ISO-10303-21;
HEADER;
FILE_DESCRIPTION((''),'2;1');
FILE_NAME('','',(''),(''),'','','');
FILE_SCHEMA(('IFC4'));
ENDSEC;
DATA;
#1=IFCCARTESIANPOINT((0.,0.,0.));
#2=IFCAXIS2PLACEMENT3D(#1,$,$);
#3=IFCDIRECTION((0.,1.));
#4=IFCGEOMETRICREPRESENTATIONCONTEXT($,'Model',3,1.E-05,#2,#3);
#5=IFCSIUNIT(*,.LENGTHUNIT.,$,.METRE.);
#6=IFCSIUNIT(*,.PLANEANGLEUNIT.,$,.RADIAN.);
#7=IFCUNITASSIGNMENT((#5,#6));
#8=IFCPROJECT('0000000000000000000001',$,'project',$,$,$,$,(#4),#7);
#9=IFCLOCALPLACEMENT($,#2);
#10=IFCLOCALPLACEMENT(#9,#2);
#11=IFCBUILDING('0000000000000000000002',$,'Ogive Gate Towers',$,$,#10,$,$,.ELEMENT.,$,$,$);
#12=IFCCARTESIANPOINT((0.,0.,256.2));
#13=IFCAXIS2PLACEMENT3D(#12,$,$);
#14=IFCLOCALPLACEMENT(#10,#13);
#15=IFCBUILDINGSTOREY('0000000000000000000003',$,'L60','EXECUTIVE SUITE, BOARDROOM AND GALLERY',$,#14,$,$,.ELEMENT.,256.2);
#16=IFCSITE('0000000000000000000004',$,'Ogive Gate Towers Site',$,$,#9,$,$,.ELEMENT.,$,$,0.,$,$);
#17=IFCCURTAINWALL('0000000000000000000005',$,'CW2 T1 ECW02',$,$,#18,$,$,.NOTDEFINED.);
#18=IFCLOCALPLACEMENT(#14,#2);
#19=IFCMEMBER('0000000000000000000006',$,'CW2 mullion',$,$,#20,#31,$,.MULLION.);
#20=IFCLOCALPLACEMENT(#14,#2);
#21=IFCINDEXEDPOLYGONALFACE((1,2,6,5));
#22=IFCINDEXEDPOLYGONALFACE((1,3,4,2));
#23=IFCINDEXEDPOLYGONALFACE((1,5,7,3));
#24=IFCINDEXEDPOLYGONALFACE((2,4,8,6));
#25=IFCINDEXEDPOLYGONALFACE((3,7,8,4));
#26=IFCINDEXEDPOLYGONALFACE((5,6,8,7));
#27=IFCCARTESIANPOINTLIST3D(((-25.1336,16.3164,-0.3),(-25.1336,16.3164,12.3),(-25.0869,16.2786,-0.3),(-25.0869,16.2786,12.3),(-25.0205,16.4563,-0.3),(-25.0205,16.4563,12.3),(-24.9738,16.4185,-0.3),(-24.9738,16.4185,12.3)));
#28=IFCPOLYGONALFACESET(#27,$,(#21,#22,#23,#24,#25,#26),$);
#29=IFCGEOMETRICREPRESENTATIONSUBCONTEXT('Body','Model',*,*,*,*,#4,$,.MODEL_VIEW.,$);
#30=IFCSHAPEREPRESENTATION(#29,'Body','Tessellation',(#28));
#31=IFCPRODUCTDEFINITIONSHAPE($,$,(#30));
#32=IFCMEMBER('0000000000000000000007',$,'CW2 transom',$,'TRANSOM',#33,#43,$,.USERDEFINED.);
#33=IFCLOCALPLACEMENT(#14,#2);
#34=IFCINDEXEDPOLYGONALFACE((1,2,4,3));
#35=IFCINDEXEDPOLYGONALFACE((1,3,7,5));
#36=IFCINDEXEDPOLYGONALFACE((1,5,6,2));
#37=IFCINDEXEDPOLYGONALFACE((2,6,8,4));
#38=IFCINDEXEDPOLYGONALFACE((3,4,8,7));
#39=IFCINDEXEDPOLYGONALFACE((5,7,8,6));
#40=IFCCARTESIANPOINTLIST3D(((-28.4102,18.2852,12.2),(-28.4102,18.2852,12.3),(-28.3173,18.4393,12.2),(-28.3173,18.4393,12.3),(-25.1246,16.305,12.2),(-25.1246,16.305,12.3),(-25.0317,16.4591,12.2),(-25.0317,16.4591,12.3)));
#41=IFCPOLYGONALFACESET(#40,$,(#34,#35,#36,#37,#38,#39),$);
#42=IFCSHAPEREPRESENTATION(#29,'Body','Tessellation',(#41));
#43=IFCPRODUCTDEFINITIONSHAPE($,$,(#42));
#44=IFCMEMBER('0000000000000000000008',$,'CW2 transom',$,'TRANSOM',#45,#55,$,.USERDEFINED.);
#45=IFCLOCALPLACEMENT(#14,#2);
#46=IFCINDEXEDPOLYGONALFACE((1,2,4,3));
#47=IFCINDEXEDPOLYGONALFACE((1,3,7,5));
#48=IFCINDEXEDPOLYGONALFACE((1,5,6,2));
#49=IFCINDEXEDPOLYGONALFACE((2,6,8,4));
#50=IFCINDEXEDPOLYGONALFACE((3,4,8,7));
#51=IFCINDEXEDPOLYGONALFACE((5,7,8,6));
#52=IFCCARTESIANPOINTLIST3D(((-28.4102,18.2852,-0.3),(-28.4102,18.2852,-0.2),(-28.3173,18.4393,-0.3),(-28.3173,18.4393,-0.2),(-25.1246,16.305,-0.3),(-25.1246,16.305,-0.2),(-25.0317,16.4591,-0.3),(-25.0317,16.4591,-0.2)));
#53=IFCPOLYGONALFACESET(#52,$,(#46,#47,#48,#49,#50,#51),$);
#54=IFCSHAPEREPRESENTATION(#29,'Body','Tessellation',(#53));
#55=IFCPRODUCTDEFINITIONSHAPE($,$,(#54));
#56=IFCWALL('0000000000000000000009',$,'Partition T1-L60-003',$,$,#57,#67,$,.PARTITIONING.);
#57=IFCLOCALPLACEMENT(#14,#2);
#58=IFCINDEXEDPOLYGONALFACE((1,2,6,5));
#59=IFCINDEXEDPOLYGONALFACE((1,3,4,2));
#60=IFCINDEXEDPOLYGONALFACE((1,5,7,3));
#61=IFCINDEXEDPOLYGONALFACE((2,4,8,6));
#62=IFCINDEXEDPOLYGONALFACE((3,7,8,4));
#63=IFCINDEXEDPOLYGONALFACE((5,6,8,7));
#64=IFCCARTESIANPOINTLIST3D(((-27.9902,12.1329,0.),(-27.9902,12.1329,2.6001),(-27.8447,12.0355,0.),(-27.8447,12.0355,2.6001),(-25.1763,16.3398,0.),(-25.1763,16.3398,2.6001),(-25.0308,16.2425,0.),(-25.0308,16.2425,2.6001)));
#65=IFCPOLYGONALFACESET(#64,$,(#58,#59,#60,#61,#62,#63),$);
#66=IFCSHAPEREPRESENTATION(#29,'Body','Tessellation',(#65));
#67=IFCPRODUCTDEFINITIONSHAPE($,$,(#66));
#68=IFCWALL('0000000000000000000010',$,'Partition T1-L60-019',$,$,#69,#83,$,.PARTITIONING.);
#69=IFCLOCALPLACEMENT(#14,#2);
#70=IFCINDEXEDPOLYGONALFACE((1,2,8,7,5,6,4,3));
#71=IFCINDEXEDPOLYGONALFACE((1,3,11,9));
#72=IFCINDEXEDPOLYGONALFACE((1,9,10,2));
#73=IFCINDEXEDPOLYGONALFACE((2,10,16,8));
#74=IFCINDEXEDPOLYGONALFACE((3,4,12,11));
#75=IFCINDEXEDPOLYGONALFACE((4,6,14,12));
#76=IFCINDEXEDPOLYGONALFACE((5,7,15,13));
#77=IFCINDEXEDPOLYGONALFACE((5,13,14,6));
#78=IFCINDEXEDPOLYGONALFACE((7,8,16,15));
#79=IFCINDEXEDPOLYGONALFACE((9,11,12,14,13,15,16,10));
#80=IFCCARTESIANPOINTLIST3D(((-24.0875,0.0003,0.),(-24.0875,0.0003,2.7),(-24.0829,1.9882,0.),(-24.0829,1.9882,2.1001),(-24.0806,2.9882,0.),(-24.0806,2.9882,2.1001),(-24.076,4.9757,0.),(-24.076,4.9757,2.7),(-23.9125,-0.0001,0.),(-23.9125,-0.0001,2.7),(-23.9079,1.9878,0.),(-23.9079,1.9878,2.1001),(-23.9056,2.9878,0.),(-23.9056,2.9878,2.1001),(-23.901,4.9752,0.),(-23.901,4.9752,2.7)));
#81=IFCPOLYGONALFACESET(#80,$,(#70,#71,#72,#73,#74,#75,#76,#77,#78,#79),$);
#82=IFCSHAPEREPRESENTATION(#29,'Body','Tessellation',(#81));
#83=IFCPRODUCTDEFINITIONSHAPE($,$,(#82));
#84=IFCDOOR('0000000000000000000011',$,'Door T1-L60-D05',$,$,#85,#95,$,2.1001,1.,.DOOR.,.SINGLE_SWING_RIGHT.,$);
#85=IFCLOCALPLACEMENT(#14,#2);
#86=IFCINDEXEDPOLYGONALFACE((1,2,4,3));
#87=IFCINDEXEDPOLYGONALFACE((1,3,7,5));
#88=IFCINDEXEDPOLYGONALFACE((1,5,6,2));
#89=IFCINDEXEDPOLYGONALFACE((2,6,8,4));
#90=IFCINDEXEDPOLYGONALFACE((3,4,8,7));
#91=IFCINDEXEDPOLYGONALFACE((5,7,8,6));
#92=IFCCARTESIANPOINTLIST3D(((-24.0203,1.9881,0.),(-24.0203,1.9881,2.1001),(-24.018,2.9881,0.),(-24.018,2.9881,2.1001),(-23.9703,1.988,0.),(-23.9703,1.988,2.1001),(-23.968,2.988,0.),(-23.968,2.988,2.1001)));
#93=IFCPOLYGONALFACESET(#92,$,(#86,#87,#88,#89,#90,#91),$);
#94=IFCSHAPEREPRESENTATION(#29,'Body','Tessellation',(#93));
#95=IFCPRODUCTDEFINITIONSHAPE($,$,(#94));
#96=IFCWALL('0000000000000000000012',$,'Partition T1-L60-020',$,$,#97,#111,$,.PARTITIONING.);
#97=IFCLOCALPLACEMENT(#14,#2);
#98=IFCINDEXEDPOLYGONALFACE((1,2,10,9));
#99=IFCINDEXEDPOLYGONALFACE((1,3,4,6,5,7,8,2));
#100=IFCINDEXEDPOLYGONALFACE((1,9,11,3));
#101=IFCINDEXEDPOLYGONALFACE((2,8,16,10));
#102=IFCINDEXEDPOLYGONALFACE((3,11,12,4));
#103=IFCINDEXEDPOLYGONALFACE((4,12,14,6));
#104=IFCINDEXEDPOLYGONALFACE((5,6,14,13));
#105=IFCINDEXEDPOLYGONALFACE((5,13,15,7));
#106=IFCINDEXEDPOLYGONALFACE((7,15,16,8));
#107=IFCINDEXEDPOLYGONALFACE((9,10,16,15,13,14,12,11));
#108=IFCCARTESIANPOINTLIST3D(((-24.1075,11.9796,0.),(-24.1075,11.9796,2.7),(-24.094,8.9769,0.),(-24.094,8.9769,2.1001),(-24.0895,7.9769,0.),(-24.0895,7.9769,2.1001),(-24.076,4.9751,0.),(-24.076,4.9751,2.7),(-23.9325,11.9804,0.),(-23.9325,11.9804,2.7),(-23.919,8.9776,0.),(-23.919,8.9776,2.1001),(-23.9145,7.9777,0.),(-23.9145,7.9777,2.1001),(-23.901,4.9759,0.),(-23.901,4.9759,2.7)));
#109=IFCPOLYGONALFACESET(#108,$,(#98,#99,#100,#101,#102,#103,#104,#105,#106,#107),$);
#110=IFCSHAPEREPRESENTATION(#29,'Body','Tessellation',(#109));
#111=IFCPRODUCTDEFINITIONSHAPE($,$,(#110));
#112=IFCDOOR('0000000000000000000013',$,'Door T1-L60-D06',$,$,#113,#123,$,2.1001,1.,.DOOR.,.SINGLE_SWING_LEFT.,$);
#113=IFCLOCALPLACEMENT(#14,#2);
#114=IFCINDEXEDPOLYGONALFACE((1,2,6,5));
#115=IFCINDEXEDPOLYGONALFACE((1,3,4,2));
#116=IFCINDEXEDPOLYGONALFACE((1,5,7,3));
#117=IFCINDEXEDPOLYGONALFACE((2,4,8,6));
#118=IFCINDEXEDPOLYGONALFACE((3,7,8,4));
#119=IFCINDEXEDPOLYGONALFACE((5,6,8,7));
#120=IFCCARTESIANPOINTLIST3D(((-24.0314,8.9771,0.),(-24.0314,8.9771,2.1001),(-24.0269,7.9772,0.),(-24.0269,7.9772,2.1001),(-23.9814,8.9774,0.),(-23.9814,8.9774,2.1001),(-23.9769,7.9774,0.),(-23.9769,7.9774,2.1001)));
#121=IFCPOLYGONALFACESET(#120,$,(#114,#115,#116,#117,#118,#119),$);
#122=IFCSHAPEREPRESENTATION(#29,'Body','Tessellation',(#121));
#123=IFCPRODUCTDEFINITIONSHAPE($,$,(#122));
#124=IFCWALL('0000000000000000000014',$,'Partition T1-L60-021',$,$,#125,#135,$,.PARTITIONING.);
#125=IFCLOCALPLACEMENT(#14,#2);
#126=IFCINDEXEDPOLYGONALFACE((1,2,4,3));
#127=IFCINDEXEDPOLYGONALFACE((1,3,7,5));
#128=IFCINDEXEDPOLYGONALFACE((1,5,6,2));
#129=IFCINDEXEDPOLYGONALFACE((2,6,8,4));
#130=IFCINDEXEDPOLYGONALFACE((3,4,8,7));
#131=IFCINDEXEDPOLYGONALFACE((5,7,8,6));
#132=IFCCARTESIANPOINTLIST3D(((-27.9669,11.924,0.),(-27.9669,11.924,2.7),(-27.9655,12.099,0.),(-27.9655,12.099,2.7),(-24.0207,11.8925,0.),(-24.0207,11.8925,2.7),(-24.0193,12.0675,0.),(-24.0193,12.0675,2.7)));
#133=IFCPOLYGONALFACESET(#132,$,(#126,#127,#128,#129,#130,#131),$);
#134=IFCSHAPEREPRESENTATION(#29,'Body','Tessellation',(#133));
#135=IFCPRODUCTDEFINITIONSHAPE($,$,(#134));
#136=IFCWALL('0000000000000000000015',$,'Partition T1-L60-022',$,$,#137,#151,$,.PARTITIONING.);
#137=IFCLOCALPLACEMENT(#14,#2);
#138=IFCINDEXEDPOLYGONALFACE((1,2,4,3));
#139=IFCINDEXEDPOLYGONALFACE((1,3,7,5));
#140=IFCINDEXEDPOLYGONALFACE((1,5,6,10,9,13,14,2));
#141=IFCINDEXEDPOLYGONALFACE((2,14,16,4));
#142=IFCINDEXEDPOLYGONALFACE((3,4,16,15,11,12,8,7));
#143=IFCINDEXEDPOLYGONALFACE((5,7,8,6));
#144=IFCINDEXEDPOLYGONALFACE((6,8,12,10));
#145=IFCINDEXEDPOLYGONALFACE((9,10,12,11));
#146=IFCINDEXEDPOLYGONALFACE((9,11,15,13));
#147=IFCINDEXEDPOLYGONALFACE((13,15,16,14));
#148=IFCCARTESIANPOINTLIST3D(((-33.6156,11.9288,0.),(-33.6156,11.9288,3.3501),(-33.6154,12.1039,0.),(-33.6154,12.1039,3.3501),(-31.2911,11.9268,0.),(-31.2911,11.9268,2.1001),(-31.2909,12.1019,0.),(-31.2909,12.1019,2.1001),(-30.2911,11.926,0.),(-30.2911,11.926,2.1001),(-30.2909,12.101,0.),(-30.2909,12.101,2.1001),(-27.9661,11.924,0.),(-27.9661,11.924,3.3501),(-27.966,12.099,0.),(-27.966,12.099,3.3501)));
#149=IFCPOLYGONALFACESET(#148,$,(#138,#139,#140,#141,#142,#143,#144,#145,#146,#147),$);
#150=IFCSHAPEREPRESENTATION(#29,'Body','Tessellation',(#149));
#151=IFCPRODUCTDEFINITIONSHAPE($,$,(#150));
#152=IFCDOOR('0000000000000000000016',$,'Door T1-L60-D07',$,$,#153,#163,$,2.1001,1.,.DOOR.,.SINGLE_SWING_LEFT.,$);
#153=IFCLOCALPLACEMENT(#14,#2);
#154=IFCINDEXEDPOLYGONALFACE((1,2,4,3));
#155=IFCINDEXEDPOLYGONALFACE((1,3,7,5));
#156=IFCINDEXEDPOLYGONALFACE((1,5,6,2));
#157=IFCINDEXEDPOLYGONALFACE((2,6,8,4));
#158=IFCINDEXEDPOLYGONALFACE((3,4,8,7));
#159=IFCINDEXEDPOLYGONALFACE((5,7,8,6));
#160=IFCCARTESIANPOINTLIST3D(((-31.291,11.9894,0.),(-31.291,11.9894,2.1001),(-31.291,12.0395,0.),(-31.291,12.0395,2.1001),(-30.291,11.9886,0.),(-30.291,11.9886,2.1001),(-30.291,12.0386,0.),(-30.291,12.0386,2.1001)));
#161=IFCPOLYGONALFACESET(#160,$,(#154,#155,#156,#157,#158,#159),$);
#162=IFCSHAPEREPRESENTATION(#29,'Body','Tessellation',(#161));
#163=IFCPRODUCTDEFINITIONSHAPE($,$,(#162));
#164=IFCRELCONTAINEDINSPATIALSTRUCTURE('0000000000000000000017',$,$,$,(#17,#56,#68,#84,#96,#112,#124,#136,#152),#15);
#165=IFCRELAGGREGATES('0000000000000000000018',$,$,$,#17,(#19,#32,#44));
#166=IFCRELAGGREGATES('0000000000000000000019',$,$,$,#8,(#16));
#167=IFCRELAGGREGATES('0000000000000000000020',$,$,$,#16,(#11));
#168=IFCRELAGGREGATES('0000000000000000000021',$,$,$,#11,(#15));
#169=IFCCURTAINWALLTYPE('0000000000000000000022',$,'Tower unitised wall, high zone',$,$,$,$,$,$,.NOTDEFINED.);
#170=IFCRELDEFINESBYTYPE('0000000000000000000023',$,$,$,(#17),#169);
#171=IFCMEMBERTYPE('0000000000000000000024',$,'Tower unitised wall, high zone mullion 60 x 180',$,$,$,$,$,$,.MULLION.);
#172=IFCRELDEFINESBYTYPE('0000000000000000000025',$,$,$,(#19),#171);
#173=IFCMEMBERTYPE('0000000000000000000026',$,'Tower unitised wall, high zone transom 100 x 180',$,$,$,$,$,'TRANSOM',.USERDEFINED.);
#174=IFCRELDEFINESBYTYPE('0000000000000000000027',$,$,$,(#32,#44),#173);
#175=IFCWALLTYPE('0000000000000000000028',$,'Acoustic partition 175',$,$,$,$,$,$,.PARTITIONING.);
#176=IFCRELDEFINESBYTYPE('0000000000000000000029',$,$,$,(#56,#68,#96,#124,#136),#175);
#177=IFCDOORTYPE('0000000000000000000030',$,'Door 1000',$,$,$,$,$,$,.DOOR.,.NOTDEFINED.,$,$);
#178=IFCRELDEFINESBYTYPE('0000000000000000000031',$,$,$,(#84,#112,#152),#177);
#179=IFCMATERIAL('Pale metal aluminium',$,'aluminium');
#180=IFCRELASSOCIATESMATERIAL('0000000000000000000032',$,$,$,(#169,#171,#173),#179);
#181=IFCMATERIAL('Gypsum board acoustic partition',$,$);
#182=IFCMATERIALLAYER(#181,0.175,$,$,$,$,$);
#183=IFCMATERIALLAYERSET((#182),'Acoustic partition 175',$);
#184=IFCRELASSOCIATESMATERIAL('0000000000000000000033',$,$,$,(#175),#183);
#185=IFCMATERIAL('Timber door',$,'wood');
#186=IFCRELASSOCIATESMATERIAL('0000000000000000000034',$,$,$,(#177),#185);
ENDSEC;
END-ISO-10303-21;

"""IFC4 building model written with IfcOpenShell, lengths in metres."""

from ifc_helpers import new_model, si_unit, direction, frame, frame_2d, origin, origin_2d, place, context, subcontext, project, spatial, rectangle, extrude, material, layer, layer_set, material_profile, profile_set, type_object, element, fill, aggregate, save


model = new_model("IFC4")

# Units and contexts
model_context = context("Model", 3, precision=1e-05, world=origin(), true_north=direction((0.0, 1.0)))
body_context = subcontext(model_context, "Body", "Model", "MODEL_VIEW")
ifc_project = project(units=[si_unit("LENGTHUNIT", "METRE"), si_unit("PLANEANGLEUNIT", "RADIAN")], contexts=[model_context])

# Site, building, storey
site_placement = place(None, origin())
site = spatial("IfcSite", under=ifc_project, at=site_placement, Name="Ogive Gate Towers Site", CompositionType="ELEMENT", RefElevation=0.0)
building_placement = place(site_placement, origin())
building = spatial("IfcBuilding", under=site, at=building_placement, Name="Ogive Gate Towers", CompositionType="ELEMENT")
storey_placement = place(building_placement, frame((0.0, 0.0, 256.2)))
storey = spatial("IfcBuildingStorey", under=building, at=storey_placement, Name="L60", Description="EXECUTIVE SUITE, BOARDROOM AND GALLERY", CompositionType="ELEMENT", Elevation=256.2)

# Curtain wall, members
ifc_material_1 = material(Name="Pale metal aluminium", Category="aluminium")
curtain_wall_type = type_object("IfcCurtainWallType", Name="Tower unitised wall, high zone", PredefinedType="NOTDEFINED", material=ifc_material_1)
curtain_wall_placement = place(storey_placement, origin())
curtain_wall = element("IfcCurtainWall", 1, at=curtain_wall_placement, inside=storey, type_object=curtain_wall_type, Name="CW2 T1 ECW02", PredefinedType="NOTDEFINED")
ifc_material_profile_1 = material_profile(ifc_material_1, rectangle(XDim=0.1799, YDim=0.0601, at=origin_2d()), Name="60 x 180 aluminium box")
ifc_profile_set_1 = profile_set([ifc_material_profile_1], Name="Pale metal aluminium")
member_type_1 = type_object("IfcMemberType", Name="Tower unitised wall, high zone mullion 60 x 180", PredefinedType="MULLION", material=ifc_profile_set_1)
member_1_placement = place(storey_placement, frame((-25.0537, 16.3674, -0.3), z_axis=(0.0, 0.0, 1.0), x_axis=(0.628791, 0.777574, 0.0)))
member_1 = element("IfcMember", 2, at=member_1_placement, type_object=member_type_1, Name="CW2 mullion", PredefinedType="MULLION", context=body_context, shape_type="SweptSolid", body=[
    extrude(rectangle(XDim=0.1799, YDim=0.0601, at=origin_2d()), origin(), (0.0, 0.0, 1.0), 12.6001),
])
ifc_material_profile_2 = material_profile(ifc_material_1, rectangle(XDim=0.1799, YDim=0.1001, at=origin_2d()), Name="100 x 180 aluminium box")
ifc_profile_set_2 = profile_set([ifc_material_profile_2], Name="Pale metal aluminium")
member_type_2 = type_object("IfcMemberType", Name="Tower unitised wall, high zone transom 100 x 180", ElementType="TRANSOM", PredefinedType="USERDEFINED", material=ifc_profile_set_2)
member_2_placement = place(storey_placement, frame((-25.0781, 16.3821, 12.25), z_axis=(-0.856475, 0.516189, 0.0), x_axis=(-0.516189, -0.856475, 0.0)))
member_2 = element("IfcMember", 3, at=member_2_placement, type_object=member_type_2, Name="CW2 transom", ObjectType="TRANSOM", PredefinedType="USERDEFINED", context=body_context, shape_type="SweptSolid", body=[
    extrude(rectangle(XDim=0.1799, YDim=0.1001, at=origin_2d()), origin(), (0.0, 0.0, 1.0), 3.8362),
])
member_3_placement = place(storey_placement, frame((-25.0781, 16.3821, -0.25), z_axis=(-0.856475, 0.516189, 0.0), x_axis=(-0.516189, -0.856475, 0.0)))
member_3 = element("IfcMember", 4, at=member_3_placement, type_object=member_type_2, Name="CW2 transom", ObjectType="TRANSOM", PredefinedType="USERDEFINED", context=body_context, shape_type="SweptSolid", body=[
    extrude(rectangle(XDim=0.1799, YDim=0.1001, at=origin_2d()), origin(), (0.0, 0.0, 1.0), 3.8362),
])
aggregate(curtain_wall, [member_1, member_2, member_3])

# Wall
ifc_material_2 = material(Name="Gypsum board acoustic partition")
ifc_layer_1 = layer(ifc_material_2, 0.175)
ifc_layer_set_1 = layer_set([ifc_layer_1], Name="Acoustic partition 175")
wall_type_1 = type_object("IfcWallType", Name="Acoustic partition 175", PredefinedType="PARTITIONING", material=ifc_layer_set_1)
wall_1_placement = place(storey_placement, frame((-25.1035, 16.2913, 0.0), z_axis=(0.0, 0.0, 1.0), x_axis=(-0.555969, -0.831203, 0.0)))
element("IfcWall", 5, at=wall_1_placement, inside=storey, type_object=wall_type_1, Name="Partition T1-L60-003", PredefinedType="PARTITIONING", context=body_context, shape_type="SweptSolid", body=[
    extrude(rectangle(XDim=5.0613, YDim=0.175, at=frame_2d((2.5308, 0.0))), origin(), (0.0, 0.0, 1.0), 2.6001),
])

# Walls, openings, doors
wall_2_placement = place(storey_placement, frame((-24.0, 0.0, 0.0), z_axis=(0.0, 0.0, 1.0), x_axis=(0.002306, 0.999997, 0.0)))
wall_2 = element("IfcWall", 6, at=wall_2_placement, inside=storey, type_object=wall_type_1, Name="Partition T1-L60-019", PredefinedType="PARTITIONING", context=body_context, shape_type="SweptSolid", body=[
    extrude(rectangle(XDim=4.9753, YDim=0.175, at=frame_2d((2.4878, 0.0))), origin(), (0.0, 0.0, 1.0), 2.7),
])
opening_1_placement = place(wall_2_placement, frame((1.988, 0.0, 0.0)))
opening_1 = element("IfcOpeningElement", 7, at=opening_1_placement, cuts=wall_2, PredefinedType="OPENING", context=body_context, shape_type="SweptSolid", body=[
    extrude(rectangle(XDim=1.0, YDim=2.1001, at=frame_2d((0.5, 1.05))), frame((0.0, 0.0977, 0.0), z_axis=(0.0, -1.0, 0.0), x_axis=(1.0, 0.0, 0.0)), (0.0, 0.0, 1.0), 0.1951),
])
ifc_material_3 = material(Name="Timber door", Category="wood")
door_type_1 = type_object("IfcDoorType", Name="Door 1000", OperationType="NOTDEFINED", PredefinedType="DOOR", material=ifc_material_3)
door_1_placement = place(opening_1_placement, origin())
door_1 = element("IfcDoor", 8, at=door_1_placement, inside=storey, type_object=door_type_1, Name="Door T1-L60-D05", OperationType="SINGLE_SWING_RIGHT", OverallHeight=2.1001, OverallWidth=1.0, PredefinedType="DOOR", context=body_context, shape_type="SweptSolid", body=[
    extrude(rectangle(XDim=1.0, YDim=2.1001, at=frame_2d((0.5, 1.05))), frame((0.0, 0.0249, 0.0), z_axis=(0.0, -1.0, 0.0), x_axis=(1.0, 0.0, 0.0)), (0.0, 0.0, 1.0), 0.05),
])
fill(opening_1, door_1)
wall_3_placement = place(storey_placement, frame((-23.9885, 4.9753, 0.0), z_axis=(0.0, 0.0, 1.0), x_axis=(-0.004496, 0.99999, 0.0)))
wall_3 = element("IfcWall", 9, at=wall_3_placement, inside=storey, type_object=wall_type_1, Name="Partition T1-L60-020", PredefinedType="PARTITIONING", context=body_context, shape_type="SweptSolid", body=[
    extrude(rectangle(XDim=7.0046, YDim=0.175, at=frame_2d((3.5024, 0.0))), origin(), (0.0, 0.0, 1.0), 2.7),
])
opening_2_placement = place(wall_3_placement, frame((3.002, 0.0, 0.0)))
opening_2 = element("IfcOpeningElement", 10, at=opening_2_placement, cuts=wall_3, PredefinedType="OPENING", context=body_context, shape_type="SweptSolid", body=[
    extrude(rectangle(XDim=1.0, YDim=2.1001, at=frame_2d((0.5, 1.05))), frame((0.0, 0.0977, 0.0), z_axis=(0.0, -1.0, 0.0), x_axis=(1.0, 0.0, 0.0)), (0.0, 0.0, 1.0), 0.1951),
])
door_2_placement = place(opening_2_placement, origin())
door_2 = element("IfcDoor", 11, at=door_2_placement, inside=storey, type_object=door_type_1, Name="Door T1-L60-D06", OperationType="SINGLE_SWING_LEFT", OverallHeight=2.1001, OverallWidth=1.0, PredefinedType="DOOR", context=body_context, shape_type="SweptSolid", body=[
    extrude(rectangle(XDim=1.0, YDim=2.1001, at=frame_2d((0.5, 1.05))), frame((0.0, 0.0249, 0.0), z_axis=(0.0, -1.0, 0.0), x_axis=(1.0, 0.0, 0.0)), (0.0, 0.0, 1.0), 0.05),
])
fill(opening_2, door_2)

# Wall
wall_4_placement = place(storey_placement, frame((-24.02, 11.98, 0.0), z_axis=(0.0, 0.0, 1.0), x_axis=(-0.999968, 0.007981, 0.0)))
element("IfcWall", 12, at=wall_4_placement, inside=storey, type_object=wall_type_1, Name="Partition T1-L60-021", PredefinedType="PARTITIONING", context=body_context, shape_type="SweptSolid", body=[
    extrude(rectangle(XDim=3.9463, YDim=0.175, at=frame_2d((1.9731, 0.0))), origin(), (0.0, 0.0, 1.0), 2.7),
])

# Wall, opening, door
wall_5_placement = place(storey_placement, frame((-27.9661, 12.0115, 0.0), z_axis=(0.0, 0.0, 1.0), x_axis=(-1.0, 0.000864, 0.0)))
wall_5 = element("IfcWall", 13, at=wall_5_placement, inside=storey, type_object=wall_type_1, Name="Partition T1-L60-022", PredefinedType="PARTITIONING", context=body_context, shape_type="SweptSolid", body=[
    extrude(rectangle(XDim=5.6494, YDim=0.175, at=frame_2d((2.8247, 0.0))), origin(), (0.0, 0.0, 1.0), 3.3501),
])
opening_3_placement = place(wall_5_placement, frame((2.325, 0.0, 0.0)))
opening_3 = element("IfcOpeningElement", 14, at=opening_3_placement, cuts=wall_5, PredefinedType="OPENING", context=body_context, shape_type="SweptSolid", body=[
    extrude(rectangle(XDim=1.0, YDim=2.1001, at=frame_2d((0.5, 1.05))), frame((0.0, 0.0977, 0.0), z_axis=(0.0, -1.0, 0.0), x_axis=(1.0, 0.0, 0.0)), (0.0, 0.0, 1.0), 0.1951),
])
door_3_placement = place(opening_3_placement, origin())
door_3 = element("IfcDoor", 15, at=door_3_placement, inside=storey, type_object=door_type_1, Name="Door T1-L60-D07", OperationType="SINGLE_SWING_LEFT", OverallHeight=2.1001, OverallWidth=1.0, PredefinedType="DOOR", context=body_context, shape_type="SweptSolid", body=[
    extrude(rectangle(XDim=1.0, YDim=2.1001, at=frame_2d((0.5, 1.05))), frame((0.0, 0.0249, 0.0), z_axis=(0.0, -1.0, 0.0), x_axis=(1.0, 0.0, 0.0)), (0.0, 0.0, 1.0), 0.05),
])
fill(opening_3, door_3)

save(model, "model.ifc")
